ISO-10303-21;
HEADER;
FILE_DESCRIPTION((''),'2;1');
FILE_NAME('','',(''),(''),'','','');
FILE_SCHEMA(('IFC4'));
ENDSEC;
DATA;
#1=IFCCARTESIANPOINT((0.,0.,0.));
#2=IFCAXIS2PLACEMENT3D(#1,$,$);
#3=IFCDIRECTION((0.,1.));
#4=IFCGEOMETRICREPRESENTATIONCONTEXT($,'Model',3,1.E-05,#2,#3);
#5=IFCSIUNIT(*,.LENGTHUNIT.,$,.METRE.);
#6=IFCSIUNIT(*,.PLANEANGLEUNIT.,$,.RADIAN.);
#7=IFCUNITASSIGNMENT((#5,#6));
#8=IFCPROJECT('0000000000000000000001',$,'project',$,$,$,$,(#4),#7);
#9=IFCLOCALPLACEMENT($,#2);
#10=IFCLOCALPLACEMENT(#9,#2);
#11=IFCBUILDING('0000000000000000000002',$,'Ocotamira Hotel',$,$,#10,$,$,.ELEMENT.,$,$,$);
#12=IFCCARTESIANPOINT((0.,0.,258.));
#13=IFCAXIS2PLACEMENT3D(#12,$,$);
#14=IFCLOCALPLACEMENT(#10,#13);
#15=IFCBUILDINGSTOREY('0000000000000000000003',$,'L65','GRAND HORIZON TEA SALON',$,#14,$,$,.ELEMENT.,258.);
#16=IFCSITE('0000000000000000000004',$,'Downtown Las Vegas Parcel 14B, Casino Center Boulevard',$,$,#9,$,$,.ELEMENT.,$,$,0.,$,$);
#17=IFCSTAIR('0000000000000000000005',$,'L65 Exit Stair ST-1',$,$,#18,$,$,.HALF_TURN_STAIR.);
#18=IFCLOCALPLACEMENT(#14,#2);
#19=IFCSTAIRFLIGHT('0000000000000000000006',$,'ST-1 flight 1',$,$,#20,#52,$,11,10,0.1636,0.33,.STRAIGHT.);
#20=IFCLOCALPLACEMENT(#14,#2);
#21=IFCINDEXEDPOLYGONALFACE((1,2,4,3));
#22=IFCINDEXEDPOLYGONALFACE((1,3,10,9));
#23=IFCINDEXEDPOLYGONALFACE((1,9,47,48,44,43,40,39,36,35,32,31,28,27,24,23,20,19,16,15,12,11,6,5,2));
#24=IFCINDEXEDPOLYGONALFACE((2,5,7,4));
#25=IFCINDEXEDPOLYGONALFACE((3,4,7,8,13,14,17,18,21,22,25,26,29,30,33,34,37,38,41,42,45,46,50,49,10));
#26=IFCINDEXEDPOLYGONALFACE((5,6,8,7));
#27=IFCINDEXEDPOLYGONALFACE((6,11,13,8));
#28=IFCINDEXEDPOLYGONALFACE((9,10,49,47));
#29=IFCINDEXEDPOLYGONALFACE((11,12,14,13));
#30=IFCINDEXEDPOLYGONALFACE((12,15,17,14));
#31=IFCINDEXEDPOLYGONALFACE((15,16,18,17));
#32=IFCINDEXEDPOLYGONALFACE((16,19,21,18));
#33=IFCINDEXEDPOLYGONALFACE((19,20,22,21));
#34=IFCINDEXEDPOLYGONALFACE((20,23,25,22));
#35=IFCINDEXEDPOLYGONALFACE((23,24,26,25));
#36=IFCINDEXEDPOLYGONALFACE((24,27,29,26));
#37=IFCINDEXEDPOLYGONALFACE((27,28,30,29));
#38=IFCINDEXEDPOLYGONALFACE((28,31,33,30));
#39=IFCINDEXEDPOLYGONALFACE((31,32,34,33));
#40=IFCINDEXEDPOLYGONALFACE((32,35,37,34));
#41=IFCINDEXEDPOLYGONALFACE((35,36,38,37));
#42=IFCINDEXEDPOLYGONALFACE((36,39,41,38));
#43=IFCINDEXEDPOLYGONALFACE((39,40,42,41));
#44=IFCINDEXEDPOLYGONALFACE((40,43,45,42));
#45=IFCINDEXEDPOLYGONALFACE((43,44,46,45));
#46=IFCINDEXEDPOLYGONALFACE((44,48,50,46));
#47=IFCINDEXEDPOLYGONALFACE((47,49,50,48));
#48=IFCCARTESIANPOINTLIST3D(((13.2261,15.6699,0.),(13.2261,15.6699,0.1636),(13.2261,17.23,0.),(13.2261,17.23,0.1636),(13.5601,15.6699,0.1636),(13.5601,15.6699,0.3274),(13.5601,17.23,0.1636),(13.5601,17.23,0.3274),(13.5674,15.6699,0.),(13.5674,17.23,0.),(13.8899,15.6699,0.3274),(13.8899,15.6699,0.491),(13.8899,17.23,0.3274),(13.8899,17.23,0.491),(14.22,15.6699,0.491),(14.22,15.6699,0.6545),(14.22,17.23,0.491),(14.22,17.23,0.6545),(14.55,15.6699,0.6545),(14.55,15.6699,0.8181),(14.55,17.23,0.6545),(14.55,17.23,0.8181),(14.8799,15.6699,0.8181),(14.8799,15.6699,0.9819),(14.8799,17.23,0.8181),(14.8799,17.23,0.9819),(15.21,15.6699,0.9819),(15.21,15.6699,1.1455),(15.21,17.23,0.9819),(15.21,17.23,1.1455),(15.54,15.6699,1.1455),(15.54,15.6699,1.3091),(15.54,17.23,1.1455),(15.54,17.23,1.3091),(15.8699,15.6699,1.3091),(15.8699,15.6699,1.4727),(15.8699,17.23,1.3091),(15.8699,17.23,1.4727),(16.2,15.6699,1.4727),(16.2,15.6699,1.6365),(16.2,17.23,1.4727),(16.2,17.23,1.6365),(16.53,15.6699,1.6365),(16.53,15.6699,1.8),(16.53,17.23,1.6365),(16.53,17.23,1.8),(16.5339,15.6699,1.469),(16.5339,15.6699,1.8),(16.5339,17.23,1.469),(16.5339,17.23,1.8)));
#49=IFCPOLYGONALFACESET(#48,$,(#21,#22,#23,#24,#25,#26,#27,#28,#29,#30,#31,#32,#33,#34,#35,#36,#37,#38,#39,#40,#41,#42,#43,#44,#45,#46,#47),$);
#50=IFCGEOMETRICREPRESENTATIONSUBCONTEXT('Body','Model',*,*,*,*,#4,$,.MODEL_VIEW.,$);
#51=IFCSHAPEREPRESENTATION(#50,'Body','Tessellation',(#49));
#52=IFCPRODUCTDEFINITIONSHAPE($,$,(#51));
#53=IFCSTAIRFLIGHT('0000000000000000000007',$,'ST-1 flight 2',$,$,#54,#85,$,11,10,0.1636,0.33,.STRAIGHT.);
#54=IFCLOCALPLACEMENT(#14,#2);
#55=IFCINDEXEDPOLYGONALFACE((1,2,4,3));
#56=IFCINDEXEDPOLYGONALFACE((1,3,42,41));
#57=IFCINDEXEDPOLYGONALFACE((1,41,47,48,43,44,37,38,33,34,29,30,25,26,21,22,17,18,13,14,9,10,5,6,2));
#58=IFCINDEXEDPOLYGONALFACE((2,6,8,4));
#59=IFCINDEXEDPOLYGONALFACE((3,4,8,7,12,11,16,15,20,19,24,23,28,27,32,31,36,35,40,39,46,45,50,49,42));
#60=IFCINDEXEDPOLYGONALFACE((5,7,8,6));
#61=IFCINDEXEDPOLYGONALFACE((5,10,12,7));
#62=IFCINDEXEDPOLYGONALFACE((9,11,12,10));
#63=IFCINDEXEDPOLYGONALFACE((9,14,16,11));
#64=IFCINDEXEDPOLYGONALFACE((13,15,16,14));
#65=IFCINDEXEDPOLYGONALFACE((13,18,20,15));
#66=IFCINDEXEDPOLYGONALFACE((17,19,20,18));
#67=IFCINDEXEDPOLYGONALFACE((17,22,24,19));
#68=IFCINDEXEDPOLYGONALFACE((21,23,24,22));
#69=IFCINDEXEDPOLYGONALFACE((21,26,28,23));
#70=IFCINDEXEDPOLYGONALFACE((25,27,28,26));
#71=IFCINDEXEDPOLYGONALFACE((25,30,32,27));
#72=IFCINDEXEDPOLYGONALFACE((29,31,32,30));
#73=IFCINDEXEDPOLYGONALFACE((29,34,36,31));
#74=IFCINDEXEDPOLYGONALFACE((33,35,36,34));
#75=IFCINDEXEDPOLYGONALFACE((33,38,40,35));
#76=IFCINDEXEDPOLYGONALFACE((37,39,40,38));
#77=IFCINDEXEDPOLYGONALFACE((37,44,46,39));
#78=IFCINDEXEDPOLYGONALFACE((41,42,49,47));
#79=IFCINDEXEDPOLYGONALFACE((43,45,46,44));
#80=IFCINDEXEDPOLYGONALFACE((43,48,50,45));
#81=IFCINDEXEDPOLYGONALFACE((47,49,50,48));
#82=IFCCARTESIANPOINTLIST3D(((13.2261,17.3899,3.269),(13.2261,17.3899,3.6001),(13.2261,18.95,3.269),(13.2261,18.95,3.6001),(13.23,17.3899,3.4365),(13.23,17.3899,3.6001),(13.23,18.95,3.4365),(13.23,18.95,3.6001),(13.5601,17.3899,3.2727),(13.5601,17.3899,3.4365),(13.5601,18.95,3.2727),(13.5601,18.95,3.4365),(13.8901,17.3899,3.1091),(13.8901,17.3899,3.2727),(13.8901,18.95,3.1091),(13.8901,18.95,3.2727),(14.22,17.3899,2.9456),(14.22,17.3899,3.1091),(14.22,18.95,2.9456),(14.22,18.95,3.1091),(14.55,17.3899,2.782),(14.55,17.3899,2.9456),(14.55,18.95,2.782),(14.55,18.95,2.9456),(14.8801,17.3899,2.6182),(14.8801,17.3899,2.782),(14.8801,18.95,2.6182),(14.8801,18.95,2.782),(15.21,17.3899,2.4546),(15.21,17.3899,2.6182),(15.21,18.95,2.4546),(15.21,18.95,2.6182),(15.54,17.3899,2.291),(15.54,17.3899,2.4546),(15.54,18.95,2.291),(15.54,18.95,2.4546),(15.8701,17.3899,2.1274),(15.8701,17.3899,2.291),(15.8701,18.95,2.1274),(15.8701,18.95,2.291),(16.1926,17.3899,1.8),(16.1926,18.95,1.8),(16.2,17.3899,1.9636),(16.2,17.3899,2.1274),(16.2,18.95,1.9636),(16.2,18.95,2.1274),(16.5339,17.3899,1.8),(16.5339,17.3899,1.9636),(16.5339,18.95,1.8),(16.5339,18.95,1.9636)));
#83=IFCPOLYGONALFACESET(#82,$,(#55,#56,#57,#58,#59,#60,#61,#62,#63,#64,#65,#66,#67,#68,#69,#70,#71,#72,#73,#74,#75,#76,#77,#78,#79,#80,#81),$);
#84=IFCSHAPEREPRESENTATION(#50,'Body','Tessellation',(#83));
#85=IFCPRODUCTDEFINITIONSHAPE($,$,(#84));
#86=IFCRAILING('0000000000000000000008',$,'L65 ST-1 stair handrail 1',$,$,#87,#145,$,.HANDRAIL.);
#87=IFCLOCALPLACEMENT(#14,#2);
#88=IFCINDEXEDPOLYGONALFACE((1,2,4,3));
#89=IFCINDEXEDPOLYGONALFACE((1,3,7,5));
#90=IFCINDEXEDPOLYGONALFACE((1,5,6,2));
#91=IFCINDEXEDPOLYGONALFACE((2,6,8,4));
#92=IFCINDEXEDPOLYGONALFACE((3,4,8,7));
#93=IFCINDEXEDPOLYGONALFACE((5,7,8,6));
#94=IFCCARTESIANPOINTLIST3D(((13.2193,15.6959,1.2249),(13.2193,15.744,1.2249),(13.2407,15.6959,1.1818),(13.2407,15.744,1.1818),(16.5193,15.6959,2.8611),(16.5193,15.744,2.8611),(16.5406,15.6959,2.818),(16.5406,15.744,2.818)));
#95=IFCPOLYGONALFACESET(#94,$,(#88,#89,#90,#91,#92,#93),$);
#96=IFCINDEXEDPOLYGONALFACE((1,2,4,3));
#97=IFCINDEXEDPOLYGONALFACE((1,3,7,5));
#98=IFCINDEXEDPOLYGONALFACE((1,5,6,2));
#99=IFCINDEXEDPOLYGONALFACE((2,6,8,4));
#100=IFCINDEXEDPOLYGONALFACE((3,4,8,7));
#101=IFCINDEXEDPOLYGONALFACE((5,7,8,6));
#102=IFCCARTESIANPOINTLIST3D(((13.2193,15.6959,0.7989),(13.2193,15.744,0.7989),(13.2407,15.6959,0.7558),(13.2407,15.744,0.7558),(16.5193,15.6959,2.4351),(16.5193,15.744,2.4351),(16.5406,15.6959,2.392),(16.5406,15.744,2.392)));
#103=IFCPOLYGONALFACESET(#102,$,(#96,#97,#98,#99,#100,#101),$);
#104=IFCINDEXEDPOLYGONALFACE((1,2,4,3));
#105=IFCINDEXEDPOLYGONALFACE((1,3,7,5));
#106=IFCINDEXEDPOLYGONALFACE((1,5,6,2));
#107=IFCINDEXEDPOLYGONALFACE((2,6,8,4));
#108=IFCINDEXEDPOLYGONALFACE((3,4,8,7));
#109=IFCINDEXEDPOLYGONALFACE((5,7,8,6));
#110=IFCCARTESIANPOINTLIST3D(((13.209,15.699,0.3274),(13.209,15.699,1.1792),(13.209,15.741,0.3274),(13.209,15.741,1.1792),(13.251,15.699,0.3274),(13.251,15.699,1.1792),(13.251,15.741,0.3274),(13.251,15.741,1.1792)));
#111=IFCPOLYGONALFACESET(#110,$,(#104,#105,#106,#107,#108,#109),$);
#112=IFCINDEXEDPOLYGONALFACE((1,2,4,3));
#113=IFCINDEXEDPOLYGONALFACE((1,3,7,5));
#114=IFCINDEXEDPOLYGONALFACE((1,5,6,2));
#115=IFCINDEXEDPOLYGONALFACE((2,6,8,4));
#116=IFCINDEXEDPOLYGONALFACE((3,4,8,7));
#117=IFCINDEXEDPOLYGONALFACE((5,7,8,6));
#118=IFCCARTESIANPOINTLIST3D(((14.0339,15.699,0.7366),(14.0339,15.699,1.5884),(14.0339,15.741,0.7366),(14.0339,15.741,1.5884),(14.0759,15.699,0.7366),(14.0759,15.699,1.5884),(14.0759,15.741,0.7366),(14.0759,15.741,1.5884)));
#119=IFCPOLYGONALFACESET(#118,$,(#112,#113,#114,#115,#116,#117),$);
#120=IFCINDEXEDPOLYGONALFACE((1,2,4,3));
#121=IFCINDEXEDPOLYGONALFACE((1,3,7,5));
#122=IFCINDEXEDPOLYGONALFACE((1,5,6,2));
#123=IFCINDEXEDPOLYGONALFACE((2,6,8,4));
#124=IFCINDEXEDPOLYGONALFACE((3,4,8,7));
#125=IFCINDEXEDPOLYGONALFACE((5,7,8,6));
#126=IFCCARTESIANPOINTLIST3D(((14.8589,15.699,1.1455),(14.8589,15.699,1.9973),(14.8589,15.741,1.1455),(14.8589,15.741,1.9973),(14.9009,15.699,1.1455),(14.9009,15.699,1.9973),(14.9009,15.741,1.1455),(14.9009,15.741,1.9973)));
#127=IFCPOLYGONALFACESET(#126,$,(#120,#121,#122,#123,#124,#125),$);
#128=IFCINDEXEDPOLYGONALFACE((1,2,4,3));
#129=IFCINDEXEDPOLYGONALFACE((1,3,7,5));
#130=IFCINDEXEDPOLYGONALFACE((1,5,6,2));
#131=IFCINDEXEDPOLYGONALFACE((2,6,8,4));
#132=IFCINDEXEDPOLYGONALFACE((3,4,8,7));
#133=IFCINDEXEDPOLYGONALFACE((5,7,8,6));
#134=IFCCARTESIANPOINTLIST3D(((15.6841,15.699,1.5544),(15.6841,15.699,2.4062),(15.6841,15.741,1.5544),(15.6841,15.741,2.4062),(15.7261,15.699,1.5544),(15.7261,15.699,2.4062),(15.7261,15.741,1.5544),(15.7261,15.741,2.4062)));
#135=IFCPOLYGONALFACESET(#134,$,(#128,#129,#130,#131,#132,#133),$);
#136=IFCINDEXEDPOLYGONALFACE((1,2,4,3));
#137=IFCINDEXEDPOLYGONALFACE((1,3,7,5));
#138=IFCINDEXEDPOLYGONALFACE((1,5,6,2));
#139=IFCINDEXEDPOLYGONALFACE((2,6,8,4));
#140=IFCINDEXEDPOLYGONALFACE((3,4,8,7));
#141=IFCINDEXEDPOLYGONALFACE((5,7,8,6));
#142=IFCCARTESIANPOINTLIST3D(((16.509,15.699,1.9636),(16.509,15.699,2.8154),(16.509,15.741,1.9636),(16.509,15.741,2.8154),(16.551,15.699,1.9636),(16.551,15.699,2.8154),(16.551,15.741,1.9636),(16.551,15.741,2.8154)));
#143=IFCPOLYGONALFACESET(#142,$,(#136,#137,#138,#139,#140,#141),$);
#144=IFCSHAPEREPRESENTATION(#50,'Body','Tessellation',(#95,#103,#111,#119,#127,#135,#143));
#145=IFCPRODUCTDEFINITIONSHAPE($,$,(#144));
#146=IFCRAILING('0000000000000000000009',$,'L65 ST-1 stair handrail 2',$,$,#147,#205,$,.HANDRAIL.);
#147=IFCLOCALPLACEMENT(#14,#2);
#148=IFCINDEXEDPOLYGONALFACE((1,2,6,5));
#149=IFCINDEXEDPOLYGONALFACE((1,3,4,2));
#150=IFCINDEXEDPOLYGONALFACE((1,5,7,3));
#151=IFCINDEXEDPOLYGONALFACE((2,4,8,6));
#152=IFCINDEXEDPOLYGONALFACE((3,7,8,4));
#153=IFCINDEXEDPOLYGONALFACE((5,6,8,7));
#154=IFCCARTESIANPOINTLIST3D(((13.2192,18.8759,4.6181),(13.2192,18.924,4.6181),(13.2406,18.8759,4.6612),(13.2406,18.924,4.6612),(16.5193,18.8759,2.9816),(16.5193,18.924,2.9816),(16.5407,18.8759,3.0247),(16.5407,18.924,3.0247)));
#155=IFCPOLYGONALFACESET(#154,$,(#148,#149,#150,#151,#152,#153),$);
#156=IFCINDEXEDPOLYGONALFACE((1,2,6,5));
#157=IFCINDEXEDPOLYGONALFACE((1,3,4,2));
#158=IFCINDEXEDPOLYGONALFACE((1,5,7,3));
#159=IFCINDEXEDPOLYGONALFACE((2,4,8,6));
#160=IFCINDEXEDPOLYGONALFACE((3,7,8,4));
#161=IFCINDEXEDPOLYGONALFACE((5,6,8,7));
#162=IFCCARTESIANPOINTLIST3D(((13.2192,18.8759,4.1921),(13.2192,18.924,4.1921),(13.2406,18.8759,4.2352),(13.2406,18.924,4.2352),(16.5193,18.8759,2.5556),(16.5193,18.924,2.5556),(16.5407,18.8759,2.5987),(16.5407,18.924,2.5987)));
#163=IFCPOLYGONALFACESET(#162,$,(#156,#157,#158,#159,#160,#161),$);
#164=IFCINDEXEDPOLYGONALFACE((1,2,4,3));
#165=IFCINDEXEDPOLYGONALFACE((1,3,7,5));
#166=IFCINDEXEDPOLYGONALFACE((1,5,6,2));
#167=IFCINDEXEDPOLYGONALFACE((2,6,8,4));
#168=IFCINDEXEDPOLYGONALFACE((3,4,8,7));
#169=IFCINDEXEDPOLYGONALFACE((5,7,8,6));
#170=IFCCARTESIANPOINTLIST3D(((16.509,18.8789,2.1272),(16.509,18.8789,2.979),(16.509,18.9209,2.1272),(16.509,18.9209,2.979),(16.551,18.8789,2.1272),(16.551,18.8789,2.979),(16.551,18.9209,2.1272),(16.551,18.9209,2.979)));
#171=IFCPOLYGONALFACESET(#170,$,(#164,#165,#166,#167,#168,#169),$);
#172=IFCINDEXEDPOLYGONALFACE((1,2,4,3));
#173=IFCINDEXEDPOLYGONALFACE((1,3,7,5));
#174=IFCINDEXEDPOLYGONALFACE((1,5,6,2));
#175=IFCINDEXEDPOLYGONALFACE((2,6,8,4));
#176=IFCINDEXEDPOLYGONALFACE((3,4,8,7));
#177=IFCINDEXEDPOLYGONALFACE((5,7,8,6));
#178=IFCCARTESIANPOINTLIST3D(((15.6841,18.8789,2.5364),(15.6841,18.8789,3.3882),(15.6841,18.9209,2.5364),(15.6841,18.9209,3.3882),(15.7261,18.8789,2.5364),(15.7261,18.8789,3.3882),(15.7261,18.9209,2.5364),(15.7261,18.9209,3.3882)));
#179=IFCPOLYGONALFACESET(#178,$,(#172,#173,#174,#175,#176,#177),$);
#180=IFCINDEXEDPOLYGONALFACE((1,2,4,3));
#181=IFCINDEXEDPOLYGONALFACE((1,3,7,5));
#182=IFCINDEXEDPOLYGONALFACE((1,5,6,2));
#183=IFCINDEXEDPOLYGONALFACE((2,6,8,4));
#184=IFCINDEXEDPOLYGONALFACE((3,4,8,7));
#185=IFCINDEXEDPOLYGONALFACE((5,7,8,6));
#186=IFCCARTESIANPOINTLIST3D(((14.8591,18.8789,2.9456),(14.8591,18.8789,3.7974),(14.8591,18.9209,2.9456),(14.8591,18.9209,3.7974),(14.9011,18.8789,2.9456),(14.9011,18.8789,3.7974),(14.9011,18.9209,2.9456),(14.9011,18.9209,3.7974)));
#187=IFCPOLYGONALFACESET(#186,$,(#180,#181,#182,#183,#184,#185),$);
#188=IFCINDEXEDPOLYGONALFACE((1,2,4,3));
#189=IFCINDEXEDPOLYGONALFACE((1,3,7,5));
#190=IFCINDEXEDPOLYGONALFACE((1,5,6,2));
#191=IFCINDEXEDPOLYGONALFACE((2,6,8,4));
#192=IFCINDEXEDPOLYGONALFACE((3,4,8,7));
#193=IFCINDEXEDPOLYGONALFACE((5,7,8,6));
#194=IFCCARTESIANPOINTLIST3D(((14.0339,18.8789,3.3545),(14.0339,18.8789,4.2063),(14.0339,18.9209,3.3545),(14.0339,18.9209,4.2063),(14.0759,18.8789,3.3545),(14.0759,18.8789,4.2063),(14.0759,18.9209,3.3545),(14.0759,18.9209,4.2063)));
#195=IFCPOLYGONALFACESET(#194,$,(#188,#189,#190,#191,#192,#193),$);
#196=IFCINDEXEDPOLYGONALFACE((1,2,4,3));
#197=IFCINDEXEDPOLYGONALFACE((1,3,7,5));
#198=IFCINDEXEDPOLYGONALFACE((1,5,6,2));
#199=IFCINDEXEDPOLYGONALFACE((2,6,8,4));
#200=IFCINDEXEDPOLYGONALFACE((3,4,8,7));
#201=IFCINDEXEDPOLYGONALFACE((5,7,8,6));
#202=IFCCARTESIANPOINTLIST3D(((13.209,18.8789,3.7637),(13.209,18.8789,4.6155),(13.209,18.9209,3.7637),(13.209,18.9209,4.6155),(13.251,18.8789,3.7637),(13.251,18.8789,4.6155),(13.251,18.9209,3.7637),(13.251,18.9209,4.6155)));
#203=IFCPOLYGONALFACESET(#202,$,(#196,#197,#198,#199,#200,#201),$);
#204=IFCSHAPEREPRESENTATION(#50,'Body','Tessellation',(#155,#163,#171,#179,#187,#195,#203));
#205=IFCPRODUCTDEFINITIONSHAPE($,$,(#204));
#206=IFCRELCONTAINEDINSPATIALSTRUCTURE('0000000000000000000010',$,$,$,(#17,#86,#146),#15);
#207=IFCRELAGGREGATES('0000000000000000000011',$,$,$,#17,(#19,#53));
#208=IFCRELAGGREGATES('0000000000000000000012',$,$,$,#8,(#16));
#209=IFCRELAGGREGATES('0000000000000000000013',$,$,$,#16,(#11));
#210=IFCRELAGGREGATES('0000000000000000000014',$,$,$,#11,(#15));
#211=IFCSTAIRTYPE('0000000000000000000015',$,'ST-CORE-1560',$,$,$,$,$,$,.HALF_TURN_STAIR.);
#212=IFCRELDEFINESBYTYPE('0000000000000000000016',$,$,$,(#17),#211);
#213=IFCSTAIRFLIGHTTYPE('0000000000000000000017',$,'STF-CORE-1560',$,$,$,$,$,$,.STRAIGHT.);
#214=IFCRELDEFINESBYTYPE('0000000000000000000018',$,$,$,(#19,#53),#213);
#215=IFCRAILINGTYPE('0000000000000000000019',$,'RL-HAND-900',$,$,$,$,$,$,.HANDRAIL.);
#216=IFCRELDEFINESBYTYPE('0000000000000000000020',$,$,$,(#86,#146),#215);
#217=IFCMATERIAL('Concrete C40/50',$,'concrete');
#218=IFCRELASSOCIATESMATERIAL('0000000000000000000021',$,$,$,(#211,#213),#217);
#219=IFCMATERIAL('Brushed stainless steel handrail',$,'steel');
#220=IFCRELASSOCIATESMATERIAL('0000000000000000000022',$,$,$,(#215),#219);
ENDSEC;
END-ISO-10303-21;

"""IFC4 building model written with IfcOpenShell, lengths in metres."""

from ifc_helpers import new_model, si_unit, direction, frame, origin, origin_2d, place, context, subcontext, project, spatial, polyline, rectangle, outline, extrude, source, transform, mapped, material, type_object, element, aggregate, save


model = new_model("IFC4")

# Units and contexts
model_context = context("Model", 3, precision=1e-05, world=origin(), true_north=direction((0.0, 1.0)))
body_context = subcontext(model_context, "Body", "Model", "MODEL_VIEW")
ifc_project = project(units=[si_unit("LENGTHUNIT", "METRE"), si_unit("PLANEANGLEUNIT", "RADIAN")], contexts=[model_context])

# Site, building, storey
site_placement = place(None, origin())
site = spatial("IfcSite", under=ifc_project, at=site_placement, Name="Downtown Las Vegas Parcel 14B, Casino Center Boulevard", CompositionType="ELEMENT", RefElevation=0.0)
building_placement = place(site_placement, origin())
building = spatial("IfcBuilding", under=site, at=building_placement, Name="Ocotamira Hotel", CompositionType="ELEMENT")
storey_placement = place(building_placement, frame((0.0, 0.0, 258.0)))
storey = spatial("IfcBuildingStorey", under=building, at=storey_placement, Name="L65", Description="GRAND HORIZON TEA SALON", CompositionType="ELEMENT", Elevation=258.0)

# Stair, stair flights
ifc_material_1 = material(Name="Concrete C40/50", Category="concrete")
stair_type = type_object("IfcStairType", Name="ST-CORE-1560", PredefinedType="HALF_TURN_STAIR", material=ifc_material_1)
stair_placement = place(storey_placement, origin())
stair = element("IfcStair", 1, at=stair_placement, inside=storey, type_object=stair_type, Name="L65 Exit Stair ST-1", PredefinedType="HALF_TURN_STAIR")
stair_flight_type = type_object("IfcStairFlightType", Name="STF-CORE-1560", PredefinedType="STRAIGHT", material=ifc_material_1)
shared_shape_1 = source(origin(), body_context, "Body", "SweptSolid", [
    extrude(outline(polyline([(-0.0039, 0.0), (-0.0039, 0.1636), (0.3301, 0.1636), (0.3301, 0.3274), (0.6599, 0.3274), (0.6599, 0.491), (0.99, 0.491), (0.99, 0.6545), (1.3201, 0.6545), (1.3201, 0.8181), (1.6499, 0.8181), (1.6499, 0.9819), (1.98, 0.9819), (1.98, 1.1455), (2.3101, 1.1455), (2.3101, 1.3091), (2.6399, 1.3091), (2.6399, 1.4727), (2.97, 1.4727), (2.97, 1.6365), (3.3, 1.6365), (3.3, 1.8), (3.304, 1.8), (3.304, 1.469), (0.3374, 0.0), (-0.0039, 0.0)])), frame((0.0, 0.78, 0.0), z_axis=(0.0, -1.0, 0.0), x_axis=(1.0, 0.0, 0.0)), (0.0, 0.0, 1.0), 1.5601),
])
stair_flight_1_placement = place(storey_placement, frame((13.23, 16.45, 0.0), z_axis=(0.0, 0.0, 1.0), x_axis=(1.0, 0.0, 0.0)))
stair_flight_1 = element("IfcStairFlight", 2, at=stair_flight_1_placement, type_object=stair_flight_type, Name="ST-1 flight 1", NumberOfRisers=11, NumberOfTreads=10, PredefinedType="STRAIGHT", RiserHeight=0.1636, TreadLength=0.33, context=body_context, shape_type="MappedRepresentation", body=[
    mapped(shared_shape_1, transform((0.0, 0.0, 0.0), scale=1.0)),
])
stair_flight_2_placement = place(storey_placement, frame((16.53, 18.1699, 1.8), z_axis=(0.0, 0.0, 1.0), x_axis=(-1.0, 0.0, 0.0)))
stair_flight_2 = element("IfcStairFlight", 3, at=stair_flight_2_placement, type_object=stair_flight_type, Name="ST-1 flight 2", NumberOfRisers=11, NumberOfTreads=10, PredefinedType="STRAIGHT", RiserHeight=0.1636, TreadLength=0.33, context=body_context, shape_type="MappedRepresentation", body=[
    mapped(shared_shape_1, transform((0.0, 0.0, 0.0), scale=1.0)),
])
aggregate(stair, [stair_flight_1, stair_flight_2])

# Railings
ifc_material_2 = material(Name="Brushed stainless steel handrail", Category="steel")
railing_type_1 = type_object("IfcRailingType", Name="RL-HAND-900", PredefinedType="HANDRAIL", material=ifc_material_2)
railing_1_placement = place(storey_placement, frame((13.23, 15.72, 0.3274)))
element("IfcRailing", 4, at=railing_1_placement, inside=storey, type_object=railing_type_1, Name="L65 ST-1 stair handrail 1", PredefinedType="HANDRAIL", context=body_context, shape_type="SweptSolid", body=[
    extrude(rectangle(XDim=0.0481, YDim=0.0481, at=origin_2d()), frame((0.0, 0.0, 0.876), z_axis=(0.89592, 0.0, 0.444215), x_axis=(0.0, 1.0, 0.0)), (0.0, 0.0, 1.0), 3.6833),
    extrude(rectangle(XDim=0.0481, YDim=0.0481, at=origin_2d()), frame((0.0, 0.0, 0.45), z_axis=(0.89592, 0.0, 0.444215), x_axis=(0.0, 1.0, 0.0)), (0.0, 0.0, 1.0), 3.6833),
    extrude(rectangle(XDim=0.042, YDim=0.042, at=origin_2d()), origin(), (0.0, 0.0, 1.0), 0.8518),
    extrude(rectangle(XDim=0.042, YDim=0.042, at=origin_2d()), frame((0.825, 0.0, 0.4092)), (0.0, 0.0, 1.0), 0.8518),
    extrude(rectangle(XDim=0.042, YDim=0.042, at=origin_2d()), frame((1.6499, 0.0, 0.8181)), (0.0, 0.0, 1.0), 0.8518),
    extrude(rectangle(XDim=0.042, YDim=0.042, at=origin_2d()), frame((2.4751, 0.0, 1.2271)), (0.0, 0.0, 1.0), 0.8518),
    extrude(rectangle(XDim=0.042, YDim=0.042, at=origin_2d()), frame((3.3, 0.0, 1.6362)), (0.0, 0.0, 1.0), 0.8518),
])
railing_2_placement = place(storey_placement, frame((16.53, 18.8999, 2.1272)))
element("IfcRailing", 5, at=railing_2_placement, inside=storey, type_object=railing_type_1, Name="L65 ST-1 stair handrail 2", PredefinedType="HANDRAIL", context=body_context, shape_type="SweptSolid", body=[
    extrude(rectangle(XDim=0.0481, YDim=0.0481, at=origin_2d()), frame((0.0, 0.0, 0.876), z_axis=(-0.895894, 0.0, 0.444268), x_axis=(0.0, -1.0, 0.0)), (0.0, 0.0, 1.0), 3.6836),
    extrude(rectangle(XDim=0.0481, YDim=0.0481, at=origin_2d()), frame((0.0, 0.0, 0.45), z_axis=(-0.895894, 0.0, 0.444268), x_axis=(0.0, -1.0, 0.0)), (0.0, 0.0, 1.0), 3.6836),
    extrude(rectangle(XDim=0.042, YDim=0.042, at=origin_2d()), origin(), (0.0, 0.0, 1.0), 0.8518),
    extrude(rectangle(XDim=0.042, YDim=0.042, at=origin_2d()), frame((-0.825, 0.0, 0.4092)), (0.0, 0.0, 1.0), 0.8518),
    extrude(rectangle(XDim=0.042, YDim=0.042, at=origin_2d()), frame((-1.6499, 0.0, 0.8184)), (0.0, 0.0, 1.0), 0.8518),
    extrude(rectangle(XDim=0.042, YDim=0.042, at=origin_2d()), frame((-2.4751, 0.0, 1.2273)), (0.0, 0.0, 1.0), 0.8518),
    extrude(rectangle(XDim=0.042, YDim=0.042, at=origin_2d()), frame((-3.3, 0.0, 1.6365)), (0.0, 0.0, 1.0), 0.8518),
])

save(model, "model.ifc")
